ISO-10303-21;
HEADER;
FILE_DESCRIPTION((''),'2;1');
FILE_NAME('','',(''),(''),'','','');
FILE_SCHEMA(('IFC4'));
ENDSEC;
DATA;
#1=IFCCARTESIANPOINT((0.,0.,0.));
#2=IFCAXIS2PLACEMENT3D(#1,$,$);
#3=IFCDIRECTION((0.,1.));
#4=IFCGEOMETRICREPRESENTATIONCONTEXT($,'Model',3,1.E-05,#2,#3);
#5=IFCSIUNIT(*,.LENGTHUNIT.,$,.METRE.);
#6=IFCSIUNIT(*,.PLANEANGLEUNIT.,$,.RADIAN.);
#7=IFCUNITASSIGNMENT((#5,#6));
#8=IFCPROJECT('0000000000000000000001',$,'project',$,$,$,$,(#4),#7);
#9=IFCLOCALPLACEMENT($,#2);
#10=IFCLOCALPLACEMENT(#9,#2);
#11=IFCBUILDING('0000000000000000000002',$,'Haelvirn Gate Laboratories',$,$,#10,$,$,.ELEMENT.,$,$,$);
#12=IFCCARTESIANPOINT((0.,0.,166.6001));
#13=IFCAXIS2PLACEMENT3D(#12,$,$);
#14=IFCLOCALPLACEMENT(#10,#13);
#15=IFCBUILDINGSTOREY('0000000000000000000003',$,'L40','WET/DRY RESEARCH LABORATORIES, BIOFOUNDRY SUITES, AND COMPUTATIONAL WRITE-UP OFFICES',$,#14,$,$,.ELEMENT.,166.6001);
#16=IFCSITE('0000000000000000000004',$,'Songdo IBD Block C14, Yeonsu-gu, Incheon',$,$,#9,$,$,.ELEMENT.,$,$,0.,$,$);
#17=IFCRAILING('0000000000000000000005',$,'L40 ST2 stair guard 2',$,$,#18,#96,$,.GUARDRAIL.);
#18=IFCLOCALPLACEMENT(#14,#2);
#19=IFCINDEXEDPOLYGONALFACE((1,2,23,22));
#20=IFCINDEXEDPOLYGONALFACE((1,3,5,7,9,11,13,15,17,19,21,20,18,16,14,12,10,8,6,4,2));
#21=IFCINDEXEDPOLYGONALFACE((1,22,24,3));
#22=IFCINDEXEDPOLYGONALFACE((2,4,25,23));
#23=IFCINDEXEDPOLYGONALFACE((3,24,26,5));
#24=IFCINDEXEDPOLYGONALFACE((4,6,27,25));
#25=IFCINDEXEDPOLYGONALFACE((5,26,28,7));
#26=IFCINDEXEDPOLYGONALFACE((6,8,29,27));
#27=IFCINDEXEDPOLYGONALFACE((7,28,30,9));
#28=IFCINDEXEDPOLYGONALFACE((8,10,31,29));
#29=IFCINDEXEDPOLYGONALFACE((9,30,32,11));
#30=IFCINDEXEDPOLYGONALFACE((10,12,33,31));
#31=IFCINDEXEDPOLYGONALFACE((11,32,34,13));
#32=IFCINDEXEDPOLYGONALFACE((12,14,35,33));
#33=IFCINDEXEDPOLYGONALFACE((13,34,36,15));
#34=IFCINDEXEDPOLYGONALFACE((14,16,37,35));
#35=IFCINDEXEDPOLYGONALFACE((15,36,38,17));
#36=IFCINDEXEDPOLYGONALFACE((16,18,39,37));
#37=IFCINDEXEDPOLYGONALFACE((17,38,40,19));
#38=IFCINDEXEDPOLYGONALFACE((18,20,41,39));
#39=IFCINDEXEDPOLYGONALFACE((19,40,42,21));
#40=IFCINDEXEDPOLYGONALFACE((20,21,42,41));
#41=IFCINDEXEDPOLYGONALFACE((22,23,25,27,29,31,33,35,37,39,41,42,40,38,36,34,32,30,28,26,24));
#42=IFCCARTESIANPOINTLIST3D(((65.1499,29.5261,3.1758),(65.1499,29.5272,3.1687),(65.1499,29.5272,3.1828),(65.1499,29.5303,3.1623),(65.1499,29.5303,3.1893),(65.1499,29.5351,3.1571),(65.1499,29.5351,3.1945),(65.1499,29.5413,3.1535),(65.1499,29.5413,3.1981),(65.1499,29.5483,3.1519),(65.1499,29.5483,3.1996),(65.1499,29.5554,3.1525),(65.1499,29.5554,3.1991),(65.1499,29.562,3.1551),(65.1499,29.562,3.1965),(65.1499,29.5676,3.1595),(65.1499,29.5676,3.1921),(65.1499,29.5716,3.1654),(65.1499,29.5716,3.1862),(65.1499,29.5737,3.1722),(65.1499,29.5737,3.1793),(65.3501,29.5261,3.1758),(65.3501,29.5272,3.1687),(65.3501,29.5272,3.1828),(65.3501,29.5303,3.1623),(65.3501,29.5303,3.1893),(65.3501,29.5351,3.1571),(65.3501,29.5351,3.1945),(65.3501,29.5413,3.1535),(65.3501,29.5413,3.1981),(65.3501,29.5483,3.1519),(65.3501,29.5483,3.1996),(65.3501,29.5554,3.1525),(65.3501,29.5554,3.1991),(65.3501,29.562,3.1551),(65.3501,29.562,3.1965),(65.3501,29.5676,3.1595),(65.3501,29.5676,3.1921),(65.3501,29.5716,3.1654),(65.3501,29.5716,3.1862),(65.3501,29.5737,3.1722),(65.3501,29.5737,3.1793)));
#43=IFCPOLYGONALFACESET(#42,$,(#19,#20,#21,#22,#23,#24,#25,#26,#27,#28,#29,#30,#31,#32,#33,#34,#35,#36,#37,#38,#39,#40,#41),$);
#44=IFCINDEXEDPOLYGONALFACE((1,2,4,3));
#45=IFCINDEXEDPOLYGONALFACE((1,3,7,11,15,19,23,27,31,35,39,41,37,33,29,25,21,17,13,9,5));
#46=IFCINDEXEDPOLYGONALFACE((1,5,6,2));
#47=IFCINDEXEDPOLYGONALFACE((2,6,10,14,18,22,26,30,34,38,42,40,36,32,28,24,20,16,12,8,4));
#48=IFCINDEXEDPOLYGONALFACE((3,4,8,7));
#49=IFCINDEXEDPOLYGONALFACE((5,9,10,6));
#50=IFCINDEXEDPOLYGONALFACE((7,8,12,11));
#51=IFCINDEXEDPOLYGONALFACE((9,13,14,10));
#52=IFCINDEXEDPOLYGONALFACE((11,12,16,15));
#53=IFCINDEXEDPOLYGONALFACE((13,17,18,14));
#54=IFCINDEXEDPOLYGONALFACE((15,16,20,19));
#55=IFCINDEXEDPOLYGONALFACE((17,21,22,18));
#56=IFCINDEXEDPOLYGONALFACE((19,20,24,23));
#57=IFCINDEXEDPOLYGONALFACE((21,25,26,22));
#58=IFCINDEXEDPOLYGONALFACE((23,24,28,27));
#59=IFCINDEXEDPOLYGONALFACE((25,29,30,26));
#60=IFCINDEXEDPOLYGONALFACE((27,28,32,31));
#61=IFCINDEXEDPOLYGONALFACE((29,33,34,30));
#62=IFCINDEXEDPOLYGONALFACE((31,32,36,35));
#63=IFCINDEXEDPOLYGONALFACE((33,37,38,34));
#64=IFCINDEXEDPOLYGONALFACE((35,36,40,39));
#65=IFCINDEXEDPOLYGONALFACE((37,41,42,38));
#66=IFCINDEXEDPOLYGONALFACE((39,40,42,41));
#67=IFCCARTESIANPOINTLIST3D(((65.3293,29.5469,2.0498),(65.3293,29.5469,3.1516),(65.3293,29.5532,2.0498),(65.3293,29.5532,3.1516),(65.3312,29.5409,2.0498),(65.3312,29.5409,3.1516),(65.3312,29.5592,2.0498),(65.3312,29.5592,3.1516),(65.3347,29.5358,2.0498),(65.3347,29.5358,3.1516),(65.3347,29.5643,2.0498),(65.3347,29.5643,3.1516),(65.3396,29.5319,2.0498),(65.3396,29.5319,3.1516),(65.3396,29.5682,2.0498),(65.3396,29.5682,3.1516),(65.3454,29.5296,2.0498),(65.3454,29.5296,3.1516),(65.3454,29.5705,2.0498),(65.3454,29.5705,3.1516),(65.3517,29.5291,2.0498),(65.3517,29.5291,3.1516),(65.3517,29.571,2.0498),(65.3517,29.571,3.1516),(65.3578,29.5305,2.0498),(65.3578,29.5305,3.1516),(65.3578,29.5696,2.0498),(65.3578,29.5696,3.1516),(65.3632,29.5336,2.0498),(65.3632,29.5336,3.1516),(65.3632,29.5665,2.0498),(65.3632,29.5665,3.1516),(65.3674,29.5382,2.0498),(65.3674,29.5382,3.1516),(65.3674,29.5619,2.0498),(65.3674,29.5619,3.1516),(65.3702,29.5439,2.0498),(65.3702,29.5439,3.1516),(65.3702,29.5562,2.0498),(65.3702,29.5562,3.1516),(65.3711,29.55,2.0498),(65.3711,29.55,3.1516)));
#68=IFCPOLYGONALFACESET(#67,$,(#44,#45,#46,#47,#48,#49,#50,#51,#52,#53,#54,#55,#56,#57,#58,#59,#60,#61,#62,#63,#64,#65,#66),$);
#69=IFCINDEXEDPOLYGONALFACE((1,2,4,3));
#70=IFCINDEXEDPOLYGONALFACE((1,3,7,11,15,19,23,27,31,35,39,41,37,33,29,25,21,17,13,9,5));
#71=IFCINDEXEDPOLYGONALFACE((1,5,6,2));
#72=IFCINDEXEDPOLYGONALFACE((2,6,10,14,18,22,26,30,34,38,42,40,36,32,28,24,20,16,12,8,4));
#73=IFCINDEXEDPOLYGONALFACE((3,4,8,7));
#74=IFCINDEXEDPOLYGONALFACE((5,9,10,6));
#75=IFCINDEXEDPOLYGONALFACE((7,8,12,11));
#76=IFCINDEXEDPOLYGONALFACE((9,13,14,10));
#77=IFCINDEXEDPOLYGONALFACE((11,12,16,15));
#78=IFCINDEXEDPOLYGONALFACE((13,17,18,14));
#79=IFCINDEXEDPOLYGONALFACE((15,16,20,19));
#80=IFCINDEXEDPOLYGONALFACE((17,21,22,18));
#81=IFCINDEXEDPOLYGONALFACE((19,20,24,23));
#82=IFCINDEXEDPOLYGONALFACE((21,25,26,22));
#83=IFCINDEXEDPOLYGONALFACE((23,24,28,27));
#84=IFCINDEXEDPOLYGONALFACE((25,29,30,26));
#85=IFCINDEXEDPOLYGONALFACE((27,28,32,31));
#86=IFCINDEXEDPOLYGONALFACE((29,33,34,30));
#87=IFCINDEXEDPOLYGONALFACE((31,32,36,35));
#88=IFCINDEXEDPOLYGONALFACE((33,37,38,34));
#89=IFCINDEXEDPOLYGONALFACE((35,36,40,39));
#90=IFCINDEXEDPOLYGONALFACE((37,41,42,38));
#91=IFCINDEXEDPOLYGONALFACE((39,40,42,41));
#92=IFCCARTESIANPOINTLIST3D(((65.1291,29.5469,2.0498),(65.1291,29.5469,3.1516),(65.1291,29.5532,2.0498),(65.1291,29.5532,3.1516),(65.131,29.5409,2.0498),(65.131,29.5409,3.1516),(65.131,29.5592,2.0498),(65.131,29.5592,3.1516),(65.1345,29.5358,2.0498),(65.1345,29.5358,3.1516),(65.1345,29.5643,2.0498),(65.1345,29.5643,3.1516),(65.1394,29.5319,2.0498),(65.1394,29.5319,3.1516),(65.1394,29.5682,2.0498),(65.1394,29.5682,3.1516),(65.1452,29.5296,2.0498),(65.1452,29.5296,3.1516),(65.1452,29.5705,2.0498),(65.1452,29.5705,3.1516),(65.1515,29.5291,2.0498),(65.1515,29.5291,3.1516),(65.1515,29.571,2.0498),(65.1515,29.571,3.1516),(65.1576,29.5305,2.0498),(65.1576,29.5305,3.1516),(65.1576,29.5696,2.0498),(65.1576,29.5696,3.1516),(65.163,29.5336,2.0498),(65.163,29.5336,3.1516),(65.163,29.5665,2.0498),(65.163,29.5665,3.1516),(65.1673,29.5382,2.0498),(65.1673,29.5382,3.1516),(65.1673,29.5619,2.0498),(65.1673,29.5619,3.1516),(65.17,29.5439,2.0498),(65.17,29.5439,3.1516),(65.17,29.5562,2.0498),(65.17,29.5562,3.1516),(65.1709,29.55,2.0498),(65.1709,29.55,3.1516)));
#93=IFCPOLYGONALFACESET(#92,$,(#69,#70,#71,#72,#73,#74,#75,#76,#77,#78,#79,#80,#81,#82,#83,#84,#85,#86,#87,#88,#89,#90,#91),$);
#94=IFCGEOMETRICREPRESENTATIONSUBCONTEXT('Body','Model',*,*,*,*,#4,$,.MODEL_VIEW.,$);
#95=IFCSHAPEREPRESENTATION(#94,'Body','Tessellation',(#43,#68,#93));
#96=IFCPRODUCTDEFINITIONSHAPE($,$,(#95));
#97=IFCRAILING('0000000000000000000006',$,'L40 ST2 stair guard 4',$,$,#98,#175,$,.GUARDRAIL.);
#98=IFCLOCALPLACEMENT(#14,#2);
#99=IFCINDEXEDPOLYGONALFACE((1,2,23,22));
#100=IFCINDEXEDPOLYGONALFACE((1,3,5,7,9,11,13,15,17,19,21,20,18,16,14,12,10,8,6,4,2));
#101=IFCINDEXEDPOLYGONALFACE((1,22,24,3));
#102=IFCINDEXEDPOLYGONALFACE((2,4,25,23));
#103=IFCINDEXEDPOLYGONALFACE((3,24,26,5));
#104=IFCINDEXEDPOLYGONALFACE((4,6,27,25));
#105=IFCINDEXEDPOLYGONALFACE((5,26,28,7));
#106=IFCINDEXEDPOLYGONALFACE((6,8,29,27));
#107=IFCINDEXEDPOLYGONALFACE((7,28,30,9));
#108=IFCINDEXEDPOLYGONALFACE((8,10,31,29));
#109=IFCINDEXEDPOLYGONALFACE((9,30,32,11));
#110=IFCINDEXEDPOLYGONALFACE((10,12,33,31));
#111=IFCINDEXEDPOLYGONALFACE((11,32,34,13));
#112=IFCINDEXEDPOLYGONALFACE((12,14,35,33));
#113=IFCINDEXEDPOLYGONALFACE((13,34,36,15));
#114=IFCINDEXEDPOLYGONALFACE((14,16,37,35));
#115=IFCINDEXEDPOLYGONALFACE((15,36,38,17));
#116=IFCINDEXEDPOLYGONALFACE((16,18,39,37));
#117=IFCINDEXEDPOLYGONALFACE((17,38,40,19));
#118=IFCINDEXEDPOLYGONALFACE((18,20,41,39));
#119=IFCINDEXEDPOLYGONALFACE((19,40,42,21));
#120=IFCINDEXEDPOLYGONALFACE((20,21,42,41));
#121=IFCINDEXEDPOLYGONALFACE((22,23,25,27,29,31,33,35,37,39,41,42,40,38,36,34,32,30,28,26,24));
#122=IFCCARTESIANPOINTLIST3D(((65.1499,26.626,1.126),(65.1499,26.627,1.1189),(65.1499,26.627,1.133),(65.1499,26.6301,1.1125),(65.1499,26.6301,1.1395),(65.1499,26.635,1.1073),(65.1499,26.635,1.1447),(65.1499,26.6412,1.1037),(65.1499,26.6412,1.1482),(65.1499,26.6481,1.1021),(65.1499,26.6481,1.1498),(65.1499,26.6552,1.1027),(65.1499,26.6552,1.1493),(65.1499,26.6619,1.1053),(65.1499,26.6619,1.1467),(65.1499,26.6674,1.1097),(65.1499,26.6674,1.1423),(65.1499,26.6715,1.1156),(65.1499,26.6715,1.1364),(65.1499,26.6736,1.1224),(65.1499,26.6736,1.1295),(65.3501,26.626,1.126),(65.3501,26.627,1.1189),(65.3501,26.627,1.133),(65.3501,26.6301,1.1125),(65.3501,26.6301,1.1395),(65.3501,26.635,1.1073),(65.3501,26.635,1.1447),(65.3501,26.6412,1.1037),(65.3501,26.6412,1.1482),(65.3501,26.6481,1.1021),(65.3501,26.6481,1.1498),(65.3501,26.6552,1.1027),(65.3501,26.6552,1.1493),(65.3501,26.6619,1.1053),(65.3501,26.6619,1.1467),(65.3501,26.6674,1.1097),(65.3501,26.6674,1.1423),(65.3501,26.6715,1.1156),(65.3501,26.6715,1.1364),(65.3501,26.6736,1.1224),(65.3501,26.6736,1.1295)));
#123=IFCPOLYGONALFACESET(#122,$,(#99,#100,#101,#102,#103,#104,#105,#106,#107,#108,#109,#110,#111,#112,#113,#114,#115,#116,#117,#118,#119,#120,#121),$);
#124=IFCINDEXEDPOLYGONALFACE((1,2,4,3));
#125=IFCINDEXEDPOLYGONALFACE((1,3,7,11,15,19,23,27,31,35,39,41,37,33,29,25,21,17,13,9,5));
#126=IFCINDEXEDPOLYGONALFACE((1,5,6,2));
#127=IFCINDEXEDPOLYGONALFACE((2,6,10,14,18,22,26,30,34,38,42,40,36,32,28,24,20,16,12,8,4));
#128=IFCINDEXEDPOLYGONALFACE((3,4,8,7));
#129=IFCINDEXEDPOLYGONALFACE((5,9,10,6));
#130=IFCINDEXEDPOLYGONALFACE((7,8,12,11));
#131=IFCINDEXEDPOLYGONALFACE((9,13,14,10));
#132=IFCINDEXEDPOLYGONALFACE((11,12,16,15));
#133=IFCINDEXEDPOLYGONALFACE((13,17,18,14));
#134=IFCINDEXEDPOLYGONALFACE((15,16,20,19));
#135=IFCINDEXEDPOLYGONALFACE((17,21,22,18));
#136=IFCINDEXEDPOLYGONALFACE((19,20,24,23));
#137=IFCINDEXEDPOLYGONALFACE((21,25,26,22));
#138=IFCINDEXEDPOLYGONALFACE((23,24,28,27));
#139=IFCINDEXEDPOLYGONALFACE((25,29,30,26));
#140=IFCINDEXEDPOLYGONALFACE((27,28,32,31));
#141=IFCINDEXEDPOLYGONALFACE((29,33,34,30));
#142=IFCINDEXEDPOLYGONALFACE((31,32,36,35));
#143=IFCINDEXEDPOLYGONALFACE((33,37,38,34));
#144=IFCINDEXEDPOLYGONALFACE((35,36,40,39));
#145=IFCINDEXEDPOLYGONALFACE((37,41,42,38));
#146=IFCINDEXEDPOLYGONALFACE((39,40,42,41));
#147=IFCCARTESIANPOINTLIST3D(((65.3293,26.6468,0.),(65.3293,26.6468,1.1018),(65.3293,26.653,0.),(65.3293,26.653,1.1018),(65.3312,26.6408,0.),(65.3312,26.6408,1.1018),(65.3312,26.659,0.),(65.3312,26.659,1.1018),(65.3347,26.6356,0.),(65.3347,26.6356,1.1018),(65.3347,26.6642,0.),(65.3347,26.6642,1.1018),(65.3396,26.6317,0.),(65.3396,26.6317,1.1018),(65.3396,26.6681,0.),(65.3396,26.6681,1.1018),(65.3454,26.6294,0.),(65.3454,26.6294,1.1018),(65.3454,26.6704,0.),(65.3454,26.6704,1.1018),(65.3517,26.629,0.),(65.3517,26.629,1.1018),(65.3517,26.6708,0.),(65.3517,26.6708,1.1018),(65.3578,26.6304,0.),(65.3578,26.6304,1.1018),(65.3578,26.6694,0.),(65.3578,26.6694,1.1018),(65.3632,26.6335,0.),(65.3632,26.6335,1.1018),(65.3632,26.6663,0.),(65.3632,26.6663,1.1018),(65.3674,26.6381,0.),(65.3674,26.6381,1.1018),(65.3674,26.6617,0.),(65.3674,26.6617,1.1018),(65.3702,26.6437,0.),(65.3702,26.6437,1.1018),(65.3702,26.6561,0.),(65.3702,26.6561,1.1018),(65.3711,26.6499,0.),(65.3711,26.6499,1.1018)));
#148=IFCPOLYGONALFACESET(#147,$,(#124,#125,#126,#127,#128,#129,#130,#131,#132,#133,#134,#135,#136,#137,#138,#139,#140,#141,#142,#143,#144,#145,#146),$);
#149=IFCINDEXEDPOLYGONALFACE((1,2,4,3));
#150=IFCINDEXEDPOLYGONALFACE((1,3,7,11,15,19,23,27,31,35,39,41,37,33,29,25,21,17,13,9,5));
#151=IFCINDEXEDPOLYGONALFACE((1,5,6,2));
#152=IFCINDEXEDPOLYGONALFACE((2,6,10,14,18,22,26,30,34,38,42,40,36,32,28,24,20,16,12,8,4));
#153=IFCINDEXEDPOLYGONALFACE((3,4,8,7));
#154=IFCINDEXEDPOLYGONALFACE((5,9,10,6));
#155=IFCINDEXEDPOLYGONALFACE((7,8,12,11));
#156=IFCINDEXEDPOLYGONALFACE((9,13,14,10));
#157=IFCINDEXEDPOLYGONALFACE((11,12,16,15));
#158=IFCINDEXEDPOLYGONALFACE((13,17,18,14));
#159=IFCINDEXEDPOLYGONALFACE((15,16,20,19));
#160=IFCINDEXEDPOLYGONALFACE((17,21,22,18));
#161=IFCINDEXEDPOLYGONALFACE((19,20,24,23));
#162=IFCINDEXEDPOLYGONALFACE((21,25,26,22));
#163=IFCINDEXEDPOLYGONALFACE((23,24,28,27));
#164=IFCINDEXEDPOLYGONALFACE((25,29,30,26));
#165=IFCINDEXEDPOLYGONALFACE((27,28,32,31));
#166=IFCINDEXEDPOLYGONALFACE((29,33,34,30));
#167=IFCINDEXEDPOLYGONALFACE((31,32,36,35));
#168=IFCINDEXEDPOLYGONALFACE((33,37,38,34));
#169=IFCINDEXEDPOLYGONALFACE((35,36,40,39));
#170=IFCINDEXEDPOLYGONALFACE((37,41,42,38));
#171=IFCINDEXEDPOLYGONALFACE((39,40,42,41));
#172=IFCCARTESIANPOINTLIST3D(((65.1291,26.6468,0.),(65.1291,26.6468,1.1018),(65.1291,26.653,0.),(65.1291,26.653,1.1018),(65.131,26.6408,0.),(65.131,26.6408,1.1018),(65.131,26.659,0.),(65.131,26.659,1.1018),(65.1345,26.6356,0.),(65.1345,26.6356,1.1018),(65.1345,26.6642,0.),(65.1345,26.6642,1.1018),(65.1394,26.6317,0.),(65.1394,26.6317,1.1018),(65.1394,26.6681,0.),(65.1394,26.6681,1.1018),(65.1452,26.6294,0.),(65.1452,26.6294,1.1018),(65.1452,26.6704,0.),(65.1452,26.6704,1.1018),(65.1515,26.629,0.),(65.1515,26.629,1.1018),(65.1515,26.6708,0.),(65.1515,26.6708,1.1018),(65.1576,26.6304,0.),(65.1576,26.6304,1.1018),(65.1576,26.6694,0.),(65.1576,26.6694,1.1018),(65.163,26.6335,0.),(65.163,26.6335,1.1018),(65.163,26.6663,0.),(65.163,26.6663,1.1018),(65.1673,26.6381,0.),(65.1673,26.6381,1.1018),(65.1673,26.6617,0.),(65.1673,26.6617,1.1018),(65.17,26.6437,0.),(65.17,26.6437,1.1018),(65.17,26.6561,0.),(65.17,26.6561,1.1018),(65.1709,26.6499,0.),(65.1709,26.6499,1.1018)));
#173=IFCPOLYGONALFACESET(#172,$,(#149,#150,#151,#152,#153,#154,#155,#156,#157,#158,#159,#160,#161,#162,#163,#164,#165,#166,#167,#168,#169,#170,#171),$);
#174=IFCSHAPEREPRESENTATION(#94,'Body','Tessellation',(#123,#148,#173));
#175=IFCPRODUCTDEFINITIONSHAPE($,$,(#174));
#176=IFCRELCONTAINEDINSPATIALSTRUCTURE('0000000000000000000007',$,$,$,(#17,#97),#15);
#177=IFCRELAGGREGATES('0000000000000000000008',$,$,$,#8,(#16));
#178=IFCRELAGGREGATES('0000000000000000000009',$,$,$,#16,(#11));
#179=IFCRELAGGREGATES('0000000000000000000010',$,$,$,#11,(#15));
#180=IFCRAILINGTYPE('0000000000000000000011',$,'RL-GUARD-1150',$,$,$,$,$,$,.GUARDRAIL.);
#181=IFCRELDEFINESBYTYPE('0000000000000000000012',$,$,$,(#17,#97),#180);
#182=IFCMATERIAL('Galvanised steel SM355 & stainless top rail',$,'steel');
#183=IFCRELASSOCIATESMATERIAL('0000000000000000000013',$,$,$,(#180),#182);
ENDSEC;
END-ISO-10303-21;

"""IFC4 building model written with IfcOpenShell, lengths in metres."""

from ifc_helpers import new_model, si_unit, direction, frame, origin, origin_2d, place, context, subcontext, project, spatial, circle, extrude, source, transform, mapped, material, type_object, element, save


model = new_model("IFC4")

# Units and contexts
model_context = context("Model", 3, precision=1e-05, world=origin(), true_north=direction((0.0, 1.0)))
body_context = subcontext(model_context, "Body", "Model", "MODEL_VIEW")
ifc_project = project(units=[si_unit("LENGTHUNIT", "METRE"), si_unit("PLANEANGLEUNIT", "RADIAN")], contexts=[model_context])

# Site, building, storey
site_placement = place(None, origin())
site = spatial("IfcSite", under=ifc_project, at=site_placement, Name="Songdo IBD Block C14, Yeonsu-gu, Incheon", CompositionType="ELEMENT", RefElevation=0.0)
building_placement = place(site_placement, origin())
building = spatial("IfcBuilding", under=site, at=building_placement, Name="Haelvirn Gate Laboratories", CompositionType="ELEMENT")
storey_placement = place(building_placement, frame((0.0, 0.0, 166.6001)))
storey = spatial("IfcBuildingStorey", under=building, at=storey_placement, Name="L40", Description="WET/DRY RESEARCH LABORATORIES, BIOFOUNDRY SUITES, AND COMPUTATIONAL WRITE-UP OFFICES", CompositionType="ELEMENT", Elevation=166.6001)

# Railings
ifc_material_1 = material(Name="Galvanised steel SM355 & stainless top rail", Category="steel")
railing_type_1 = type_object("IfcRailingType", Name="RL-GUARD-1150", PredefinedType="GUARDRAIL", material=ifc_material_1)
shared_shape_1 = source(origin(), body_context, "Body", "SweptSolid", [
    extrude(circle(Radius=0.0239, at=origin_2d()), frame((0.0, 0.0, 1.126), z_axis=(-1.0, 0.0, 0.0), x_axis=(0.0, -1.0, 0.0)), (0.0, 0.0, 1.0), 0.2002),
    extrude(circle(Radius=0.021, at=origin_2d()), origin(), (0.0, 0.0, 1.0), 1.1018),
    extrude(circle(Radius=0.021, at=origin_2d()), frame((-0.2002, 0.0, 0.0)), (0.0, 0.0, 1.0), 1.1018),
])
for number, where, name in (
    (1, (65.3501, 29.55, 2.0498), "L40 ST2 stair guard 2"),
    (2, (65.3501, 26.6499, 0.0), "L40 ST2 stair guard 4"),
):
    element("IfcRailing", number, at=place(storey_placement, frame(where)), inside=storey, type_object=railing_type_1, Name=name, PredefinedType="GUARDRAIL", context=body_context, shape_type="MappedRepresentation", body=[
        mapped(shared_shape_1, transform((0.0, 0.0, 0.0), scale=1.0)),
    ])

save(model, "model.ifc")
